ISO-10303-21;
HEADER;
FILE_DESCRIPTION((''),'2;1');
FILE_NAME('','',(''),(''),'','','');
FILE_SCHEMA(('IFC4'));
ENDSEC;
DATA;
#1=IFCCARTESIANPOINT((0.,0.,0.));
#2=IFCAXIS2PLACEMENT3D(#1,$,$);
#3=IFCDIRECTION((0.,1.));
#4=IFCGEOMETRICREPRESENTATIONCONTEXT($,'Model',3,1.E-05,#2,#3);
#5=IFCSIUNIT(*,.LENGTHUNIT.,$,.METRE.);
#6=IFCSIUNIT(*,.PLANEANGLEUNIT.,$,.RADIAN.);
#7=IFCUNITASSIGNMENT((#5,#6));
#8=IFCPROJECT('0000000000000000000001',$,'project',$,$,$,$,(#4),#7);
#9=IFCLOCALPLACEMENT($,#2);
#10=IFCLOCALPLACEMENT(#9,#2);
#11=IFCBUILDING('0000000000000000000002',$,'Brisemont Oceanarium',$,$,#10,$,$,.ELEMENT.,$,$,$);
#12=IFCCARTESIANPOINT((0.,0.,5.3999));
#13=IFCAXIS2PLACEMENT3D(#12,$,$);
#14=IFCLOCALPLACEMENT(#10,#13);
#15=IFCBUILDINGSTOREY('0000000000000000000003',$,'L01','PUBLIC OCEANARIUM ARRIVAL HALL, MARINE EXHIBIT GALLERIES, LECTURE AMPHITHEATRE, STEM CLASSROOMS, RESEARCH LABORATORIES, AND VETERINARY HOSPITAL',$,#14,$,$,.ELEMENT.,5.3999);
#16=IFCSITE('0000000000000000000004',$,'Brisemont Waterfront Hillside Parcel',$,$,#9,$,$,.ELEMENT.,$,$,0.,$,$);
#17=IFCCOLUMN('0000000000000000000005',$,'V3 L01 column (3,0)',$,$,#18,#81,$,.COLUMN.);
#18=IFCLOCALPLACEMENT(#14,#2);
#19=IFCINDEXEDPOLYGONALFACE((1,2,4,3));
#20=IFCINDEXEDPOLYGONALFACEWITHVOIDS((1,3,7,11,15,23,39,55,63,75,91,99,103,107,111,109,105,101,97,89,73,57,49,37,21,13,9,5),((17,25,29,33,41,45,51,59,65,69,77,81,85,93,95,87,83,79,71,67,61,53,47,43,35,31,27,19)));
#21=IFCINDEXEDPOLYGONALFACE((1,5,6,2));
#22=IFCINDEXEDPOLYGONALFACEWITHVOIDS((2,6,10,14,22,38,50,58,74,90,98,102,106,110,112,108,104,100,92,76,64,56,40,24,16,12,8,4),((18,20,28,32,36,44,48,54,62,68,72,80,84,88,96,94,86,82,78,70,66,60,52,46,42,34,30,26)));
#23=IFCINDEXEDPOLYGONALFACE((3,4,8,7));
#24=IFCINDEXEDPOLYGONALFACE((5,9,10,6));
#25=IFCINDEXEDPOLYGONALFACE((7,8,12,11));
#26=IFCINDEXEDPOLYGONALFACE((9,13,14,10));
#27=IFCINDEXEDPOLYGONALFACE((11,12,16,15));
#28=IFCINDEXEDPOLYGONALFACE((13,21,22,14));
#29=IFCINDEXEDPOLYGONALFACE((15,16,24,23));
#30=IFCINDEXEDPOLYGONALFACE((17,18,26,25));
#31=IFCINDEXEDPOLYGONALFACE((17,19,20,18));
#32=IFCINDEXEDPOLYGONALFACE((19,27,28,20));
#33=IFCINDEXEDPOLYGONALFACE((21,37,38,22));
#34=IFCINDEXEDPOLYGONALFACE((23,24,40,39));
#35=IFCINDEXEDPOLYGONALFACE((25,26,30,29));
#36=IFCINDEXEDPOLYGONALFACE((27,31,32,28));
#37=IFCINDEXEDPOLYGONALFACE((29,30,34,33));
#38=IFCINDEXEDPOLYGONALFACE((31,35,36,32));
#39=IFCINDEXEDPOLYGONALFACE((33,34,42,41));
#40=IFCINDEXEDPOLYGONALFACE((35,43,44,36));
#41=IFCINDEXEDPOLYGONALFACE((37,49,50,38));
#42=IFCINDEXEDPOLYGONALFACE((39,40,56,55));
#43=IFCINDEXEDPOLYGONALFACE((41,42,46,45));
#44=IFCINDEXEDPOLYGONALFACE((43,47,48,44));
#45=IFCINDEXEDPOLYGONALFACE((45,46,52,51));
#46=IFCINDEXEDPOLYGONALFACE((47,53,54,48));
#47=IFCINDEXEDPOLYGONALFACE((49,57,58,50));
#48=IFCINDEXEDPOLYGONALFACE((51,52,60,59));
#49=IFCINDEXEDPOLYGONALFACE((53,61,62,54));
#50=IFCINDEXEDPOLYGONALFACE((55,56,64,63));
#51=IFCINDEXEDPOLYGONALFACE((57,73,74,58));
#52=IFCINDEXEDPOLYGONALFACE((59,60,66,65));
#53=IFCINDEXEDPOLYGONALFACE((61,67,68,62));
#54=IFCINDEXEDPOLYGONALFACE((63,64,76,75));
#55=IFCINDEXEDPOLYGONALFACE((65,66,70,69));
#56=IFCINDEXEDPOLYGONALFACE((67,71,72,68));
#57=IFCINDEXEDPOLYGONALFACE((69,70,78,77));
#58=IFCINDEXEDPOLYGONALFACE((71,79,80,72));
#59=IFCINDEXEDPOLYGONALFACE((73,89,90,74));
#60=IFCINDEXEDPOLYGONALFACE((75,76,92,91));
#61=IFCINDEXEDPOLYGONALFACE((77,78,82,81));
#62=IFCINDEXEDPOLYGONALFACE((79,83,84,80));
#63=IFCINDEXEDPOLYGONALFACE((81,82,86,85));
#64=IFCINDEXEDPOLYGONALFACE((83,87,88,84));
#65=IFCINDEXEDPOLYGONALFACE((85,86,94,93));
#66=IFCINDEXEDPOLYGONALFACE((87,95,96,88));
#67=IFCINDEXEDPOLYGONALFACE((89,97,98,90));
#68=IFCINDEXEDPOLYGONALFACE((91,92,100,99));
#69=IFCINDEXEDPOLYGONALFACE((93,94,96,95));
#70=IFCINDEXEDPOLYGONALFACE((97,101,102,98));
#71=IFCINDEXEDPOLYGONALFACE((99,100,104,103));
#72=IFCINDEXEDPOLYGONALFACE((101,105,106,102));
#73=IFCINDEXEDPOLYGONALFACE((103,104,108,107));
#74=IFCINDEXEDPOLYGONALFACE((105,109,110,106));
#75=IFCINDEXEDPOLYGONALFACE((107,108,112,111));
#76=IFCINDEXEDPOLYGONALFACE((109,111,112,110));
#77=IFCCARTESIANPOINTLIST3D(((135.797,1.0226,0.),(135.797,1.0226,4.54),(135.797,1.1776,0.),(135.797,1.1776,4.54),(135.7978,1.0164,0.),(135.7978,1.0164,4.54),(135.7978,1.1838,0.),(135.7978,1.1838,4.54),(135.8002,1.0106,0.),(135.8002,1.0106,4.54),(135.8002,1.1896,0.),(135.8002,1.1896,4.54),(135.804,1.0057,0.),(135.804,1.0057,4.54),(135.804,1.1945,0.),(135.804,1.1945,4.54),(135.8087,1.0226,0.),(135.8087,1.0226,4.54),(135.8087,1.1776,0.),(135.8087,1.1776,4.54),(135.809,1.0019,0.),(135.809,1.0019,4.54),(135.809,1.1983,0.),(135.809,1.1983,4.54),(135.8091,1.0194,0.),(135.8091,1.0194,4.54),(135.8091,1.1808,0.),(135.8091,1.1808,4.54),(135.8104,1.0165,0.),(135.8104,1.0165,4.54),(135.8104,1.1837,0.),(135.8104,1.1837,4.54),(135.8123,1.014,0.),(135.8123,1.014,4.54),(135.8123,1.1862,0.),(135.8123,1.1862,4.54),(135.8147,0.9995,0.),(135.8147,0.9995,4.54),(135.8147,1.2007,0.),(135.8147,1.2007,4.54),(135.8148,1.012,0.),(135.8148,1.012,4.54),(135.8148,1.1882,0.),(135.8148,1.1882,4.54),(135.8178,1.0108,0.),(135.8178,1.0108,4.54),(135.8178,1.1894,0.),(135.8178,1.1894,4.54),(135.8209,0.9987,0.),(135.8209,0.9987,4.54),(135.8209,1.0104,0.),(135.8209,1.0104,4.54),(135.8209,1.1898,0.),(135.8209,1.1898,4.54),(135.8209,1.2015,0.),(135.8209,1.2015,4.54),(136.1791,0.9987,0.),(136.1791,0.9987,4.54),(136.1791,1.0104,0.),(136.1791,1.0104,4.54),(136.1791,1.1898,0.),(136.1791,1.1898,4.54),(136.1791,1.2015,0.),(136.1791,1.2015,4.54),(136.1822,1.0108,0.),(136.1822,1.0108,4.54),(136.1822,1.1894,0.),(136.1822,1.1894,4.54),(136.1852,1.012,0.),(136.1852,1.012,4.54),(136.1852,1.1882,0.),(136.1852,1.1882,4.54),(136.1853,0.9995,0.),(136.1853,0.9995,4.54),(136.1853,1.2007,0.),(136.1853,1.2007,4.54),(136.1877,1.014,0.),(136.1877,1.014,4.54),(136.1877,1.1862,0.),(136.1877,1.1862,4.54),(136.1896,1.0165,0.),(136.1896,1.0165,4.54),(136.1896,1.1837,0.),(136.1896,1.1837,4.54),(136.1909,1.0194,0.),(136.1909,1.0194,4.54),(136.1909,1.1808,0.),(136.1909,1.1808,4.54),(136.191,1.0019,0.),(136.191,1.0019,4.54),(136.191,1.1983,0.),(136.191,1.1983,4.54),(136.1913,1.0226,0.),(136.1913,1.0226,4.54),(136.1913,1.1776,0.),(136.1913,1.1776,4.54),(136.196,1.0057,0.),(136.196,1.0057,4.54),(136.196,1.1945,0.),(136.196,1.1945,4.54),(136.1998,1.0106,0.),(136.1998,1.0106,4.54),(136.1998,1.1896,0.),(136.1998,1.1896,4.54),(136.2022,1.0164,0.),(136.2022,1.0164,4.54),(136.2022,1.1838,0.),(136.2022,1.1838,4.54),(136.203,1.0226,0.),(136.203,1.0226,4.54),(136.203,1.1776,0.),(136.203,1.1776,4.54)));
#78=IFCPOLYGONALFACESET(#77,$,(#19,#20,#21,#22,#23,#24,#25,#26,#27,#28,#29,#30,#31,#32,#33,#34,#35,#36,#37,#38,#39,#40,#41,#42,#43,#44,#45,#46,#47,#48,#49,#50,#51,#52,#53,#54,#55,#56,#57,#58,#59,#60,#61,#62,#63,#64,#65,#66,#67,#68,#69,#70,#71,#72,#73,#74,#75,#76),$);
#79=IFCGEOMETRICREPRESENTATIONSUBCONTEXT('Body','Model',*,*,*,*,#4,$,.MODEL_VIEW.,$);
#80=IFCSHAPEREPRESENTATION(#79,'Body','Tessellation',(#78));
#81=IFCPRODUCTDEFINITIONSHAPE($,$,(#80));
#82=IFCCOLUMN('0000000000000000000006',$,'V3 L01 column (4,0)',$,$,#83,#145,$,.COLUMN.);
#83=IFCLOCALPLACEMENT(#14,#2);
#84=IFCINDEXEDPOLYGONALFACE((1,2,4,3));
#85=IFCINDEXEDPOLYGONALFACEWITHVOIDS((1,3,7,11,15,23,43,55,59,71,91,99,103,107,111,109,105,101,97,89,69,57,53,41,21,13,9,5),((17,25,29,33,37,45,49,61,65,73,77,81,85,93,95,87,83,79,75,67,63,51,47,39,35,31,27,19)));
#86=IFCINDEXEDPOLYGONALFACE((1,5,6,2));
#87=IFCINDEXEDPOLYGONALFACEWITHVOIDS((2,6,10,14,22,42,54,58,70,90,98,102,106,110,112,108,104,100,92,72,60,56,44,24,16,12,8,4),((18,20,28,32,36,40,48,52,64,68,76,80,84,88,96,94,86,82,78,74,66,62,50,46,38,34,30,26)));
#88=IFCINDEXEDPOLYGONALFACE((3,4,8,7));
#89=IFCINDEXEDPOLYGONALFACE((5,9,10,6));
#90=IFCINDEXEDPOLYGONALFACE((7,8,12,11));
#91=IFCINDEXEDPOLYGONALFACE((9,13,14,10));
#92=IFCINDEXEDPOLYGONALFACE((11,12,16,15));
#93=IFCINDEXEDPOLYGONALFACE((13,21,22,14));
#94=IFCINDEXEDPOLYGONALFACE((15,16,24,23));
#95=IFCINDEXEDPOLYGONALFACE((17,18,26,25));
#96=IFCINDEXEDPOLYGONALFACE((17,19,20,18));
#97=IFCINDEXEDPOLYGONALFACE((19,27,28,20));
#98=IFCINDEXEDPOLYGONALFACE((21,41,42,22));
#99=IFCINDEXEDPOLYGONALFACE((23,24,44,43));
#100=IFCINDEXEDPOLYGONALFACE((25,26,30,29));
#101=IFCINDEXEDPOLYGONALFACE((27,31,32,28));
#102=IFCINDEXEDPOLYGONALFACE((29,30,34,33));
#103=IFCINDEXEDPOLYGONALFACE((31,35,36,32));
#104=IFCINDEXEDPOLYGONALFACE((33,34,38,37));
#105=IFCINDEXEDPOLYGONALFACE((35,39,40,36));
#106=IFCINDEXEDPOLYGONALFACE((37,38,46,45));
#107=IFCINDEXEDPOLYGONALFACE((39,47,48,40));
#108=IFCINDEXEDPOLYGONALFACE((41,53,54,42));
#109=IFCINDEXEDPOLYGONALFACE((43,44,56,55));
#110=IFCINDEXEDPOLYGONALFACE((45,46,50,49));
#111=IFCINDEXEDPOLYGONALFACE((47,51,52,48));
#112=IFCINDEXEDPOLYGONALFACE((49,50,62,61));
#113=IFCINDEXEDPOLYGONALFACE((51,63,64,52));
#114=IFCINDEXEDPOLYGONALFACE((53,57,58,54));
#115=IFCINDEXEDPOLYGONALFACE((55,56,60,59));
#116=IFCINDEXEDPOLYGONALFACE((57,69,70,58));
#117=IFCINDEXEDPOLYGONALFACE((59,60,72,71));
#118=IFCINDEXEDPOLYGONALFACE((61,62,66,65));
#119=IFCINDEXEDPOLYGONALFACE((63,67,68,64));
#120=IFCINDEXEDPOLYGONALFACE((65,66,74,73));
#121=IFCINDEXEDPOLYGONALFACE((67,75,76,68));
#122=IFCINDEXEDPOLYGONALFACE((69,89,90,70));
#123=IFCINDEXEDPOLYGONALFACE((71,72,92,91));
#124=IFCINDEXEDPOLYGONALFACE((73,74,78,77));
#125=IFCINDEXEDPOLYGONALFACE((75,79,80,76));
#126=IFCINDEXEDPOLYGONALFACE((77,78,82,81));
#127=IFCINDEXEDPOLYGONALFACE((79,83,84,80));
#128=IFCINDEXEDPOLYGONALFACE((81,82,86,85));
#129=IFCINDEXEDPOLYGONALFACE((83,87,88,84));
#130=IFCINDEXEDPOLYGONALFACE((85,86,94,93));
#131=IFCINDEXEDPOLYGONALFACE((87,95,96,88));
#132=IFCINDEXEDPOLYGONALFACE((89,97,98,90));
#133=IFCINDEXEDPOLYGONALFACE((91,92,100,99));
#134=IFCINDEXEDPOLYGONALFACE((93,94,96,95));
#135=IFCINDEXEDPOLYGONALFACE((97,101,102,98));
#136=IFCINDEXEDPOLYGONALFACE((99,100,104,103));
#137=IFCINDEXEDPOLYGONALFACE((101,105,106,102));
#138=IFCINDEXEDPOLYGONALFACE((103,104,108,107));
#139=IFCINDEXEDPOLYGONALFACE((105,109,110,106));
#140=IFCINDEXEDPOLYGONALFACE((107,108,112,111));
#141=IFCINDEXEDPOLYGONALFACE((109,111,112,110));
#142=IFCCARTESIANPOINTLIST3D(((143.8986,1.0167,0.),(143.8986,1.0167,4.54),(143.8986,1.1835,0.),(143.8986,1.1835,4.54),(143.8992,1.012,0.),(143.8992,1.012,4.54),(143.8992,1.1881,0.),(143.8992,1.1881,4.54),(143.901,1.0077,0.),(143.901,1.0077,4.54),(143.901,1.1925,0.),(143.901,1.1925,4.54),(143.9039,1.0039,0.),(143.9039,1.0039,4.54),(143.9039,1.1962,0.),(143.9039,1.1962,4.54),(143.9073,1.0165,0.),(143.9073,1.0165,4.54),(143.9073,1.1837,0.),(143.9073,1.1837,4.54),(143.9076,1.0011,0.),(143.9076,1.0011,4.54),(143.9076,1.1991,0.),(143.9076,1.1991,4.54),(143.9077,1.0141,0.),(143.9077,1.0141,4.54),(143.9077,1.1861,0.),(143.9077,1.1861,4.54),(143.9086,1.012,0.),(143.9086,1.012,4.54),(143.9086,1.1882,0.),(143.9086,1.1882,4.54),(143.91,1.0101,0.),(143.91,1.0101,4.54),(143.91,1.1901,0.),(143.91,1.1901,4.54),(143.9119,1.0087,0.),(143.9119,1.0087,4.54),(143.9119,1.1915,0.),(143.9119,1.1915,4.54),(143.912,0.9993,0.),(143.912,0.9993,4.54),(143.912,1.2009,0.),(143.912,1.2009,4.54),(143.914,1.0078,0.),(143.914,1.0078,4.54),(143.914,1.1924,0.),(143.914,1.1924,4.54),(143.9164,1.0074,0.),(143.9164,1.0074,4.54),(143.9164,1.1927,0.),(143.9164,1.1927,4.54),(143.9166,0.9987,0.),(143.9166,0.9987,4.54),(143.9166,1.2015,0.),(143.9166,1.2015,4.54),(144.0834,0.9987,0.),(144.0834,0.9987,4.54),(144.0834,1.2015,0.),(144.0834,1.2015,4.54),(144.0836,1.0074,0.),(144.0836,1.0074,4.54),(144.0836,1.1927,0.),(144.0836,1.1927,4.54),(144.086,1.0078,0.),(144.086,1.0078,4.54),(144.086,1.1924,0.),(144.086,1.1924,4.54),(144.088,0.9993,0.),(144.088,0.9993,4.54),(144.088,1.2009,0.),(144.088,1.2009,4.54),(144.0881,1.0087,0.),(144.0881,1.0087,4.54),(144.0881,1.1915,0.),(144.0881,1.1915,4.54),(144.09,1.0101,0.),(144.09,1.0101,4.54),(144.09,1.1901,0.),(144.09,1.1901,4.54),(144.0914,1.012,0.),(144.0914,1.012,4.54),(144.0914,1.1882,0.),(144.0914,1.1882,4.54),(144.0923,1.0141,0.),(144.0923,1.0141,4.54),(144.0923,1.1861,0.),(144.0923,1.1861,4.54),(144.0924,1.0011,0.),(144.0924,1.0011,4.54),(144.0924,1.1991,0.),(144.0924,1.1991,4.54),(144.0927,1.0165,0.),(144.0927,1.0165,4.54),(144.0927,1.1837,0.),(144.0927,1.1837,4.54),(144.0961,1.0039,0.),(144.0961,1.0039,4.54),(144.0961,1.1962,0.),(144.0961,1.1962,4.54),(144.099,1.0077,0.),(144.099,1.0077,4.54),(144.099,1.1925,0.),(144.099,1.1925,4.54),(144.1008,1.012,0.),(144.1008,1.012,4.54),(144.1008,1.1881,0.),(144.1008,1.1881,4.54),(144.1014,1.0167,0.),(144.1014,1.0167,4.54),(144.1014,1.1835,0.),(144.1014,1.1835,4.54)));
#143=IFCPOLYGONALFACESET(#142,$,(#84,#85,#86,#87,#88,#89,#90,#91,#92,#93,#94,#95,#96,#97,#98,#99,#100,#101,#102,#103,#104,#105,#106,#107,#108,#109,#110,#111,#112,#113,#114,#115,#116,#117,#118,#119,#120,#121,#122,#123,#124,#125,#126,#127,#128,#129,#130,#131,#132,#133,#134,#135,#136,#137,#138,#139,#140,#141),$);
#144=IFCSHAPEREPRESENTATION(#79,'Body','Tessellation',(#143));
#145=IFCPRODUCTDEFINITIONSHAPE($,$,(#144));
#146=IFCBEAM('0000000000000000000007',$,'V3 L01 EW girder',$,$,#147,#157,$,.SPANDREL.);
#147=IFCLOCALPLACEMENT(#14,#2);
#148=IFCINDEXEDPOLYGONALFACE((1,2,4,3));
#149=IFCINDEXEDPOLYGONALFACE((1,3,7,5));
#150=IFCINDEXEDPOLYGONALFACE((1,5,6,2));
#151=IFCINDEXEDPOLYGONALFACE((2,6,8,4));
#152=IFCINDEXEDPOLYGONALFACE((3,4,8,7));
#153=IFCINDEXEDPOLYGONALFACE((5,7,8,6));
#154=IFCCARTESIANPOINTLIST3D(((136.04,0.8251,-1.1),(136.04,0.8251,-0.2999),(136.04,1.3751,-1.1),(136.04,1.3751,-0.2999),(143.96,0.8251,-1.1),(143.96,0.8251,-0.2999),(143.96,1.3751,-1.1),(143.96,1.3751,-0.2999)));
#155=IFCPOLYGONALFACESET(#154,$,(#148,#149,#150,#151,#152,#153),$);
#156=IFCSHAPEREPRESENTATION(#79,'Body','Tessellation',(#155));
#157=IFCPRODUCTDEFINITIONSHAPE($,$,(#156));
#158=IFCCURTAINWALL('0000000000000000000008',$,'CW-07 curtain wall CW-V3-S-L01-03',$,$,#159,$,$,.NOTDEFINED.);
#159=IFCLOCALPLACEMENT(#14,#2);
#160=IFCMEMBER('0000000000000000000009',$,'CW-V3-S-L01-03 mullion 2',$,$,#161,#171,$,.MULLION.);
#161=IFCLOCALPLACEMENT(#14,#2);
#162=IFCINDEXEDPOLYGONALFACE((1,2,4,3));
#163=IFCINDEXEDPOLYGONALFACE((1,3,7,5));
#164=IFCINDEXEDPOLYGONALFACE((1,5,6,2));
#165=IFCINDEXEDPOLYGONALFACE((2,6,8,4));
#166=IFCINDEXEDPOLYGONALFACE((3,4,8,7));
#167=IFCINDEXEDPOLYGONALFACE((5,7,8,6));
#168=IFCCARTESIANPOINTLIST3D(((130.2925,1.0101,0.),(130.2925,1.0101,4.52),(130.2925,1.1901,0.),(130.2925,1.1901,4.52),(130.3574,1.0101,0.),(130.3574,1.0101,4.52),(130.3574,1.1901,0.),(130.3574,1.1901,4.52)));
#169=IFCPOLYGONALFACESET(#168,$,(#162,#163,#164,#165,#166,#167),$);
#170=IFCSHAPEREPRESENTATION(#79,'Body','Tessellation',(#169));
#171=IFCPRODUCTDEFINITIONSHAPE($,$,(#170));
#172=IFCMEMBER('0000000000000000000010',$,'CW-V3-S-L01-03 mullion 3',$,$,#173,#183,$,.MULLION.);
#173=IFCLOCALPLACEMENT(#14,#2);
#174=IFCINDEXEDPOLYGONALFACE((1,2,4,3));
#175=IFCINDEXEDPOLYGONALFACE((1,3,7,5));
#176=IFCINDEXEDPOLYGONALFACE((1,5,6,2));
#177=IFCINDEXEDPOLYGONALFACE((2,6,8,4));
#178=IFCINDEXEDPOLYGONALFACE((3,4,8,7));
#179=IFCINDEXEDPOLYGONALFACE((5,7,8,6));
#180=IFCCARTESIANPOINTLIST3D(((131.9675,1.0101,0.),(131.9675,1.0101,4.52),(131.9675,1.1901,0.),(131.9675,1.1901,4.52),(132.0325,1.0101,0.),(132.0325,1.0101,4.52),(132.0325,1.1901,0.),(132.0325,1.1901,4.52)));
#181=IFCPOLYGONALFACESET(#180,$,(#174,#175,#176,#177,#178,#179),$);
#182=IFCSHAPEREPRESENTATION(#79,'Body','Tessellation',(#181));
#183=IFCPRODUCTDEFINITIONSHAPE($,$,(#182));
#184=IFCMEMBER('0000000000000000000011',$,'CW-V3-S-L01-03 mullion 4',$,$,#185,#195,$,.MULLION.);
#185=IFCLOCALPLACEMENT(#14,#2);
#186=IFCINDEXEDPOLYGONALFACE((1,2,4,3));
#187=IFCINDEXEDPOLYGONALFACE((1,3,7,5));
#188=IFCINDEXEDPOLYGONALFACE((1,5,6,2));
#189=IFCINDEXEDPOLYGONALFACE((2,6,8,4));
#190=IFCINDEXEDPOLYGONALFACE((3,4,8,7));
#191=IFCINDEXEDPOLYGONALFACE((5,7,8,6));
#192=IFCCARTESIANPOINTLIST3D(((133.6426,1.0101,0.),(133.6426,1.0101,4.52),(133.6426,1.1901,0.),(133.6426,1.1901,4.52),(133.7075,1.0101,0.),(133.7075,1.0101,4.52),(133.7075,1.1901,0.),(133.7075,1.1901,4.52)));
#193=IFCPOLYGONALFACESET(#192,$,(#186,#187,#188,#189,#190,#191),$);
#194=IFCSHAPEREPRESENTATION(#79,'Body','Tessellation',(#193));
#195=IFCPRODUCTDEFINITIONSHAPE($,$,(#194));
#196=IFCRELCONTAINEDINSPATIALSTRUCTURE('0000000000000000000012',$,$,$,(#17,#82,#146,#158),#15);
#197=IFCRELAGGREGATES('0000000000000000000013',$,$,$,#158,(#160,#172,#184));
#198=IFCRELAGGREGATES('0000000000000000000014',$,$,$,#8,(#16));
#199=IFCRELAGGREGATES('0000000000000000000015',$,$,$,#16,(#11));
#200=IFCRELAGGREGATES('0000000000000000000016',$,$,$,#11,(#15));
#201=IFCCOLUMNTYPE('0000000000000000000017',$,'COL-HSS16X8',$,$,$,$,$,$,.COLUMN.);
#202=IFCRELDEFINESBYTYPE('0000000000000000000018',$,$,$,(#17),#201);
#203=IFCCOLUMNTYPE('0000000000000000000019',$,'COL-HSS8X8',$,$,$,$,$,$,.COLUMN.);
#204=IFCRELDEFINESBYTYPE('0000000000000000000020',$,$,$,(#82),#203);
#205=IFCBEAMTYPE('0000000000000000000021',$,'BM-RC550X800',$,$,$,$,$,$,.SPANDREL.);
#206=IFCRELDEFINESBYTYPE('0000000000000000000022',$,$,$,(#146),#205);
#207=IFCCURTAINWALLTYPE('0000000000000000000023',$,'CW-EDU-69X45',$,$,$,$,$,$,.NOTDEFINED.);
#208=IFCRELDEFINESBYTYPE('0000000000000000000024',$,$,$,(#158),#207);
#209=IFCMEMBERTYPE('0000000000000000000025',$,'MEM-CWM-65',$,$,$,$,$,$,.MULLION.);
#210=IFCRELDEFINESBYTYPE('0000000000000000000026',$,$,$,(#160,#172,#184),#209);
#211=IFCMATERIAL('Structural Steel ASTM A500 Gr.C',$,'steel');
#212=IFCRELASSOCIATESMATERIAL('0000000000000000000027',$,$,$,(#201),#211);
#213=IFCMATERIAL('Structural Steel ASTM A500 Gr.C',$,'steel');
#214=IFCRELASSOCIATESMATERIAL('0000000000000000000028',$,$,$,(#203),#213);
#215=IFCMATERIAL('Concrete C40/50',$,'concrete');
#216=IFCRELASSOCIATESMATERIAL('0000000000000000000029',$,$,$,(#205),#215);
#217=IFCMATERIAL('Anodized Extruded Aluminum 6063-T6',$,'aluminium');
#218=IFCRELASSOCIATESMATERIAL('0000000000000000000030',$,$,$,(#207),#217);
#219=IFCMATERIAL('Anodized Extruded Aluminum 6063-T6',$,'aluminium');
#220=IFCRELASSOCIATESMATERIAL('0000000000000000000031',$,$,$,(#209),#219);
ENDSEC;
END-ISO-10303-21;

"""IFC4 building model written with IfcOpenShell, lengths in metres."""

from ifc_helpers import new_model, si_unit, direction, frame, origin, origin_2d, place, context, subcontext, project, spatial, rectangle, hollow_rectangle, extrude, material, material_profile, profile_set, type_object, element, aggregate, save


model = new_model("IFC4")

# Units and contexts
model_context = context("Model", 3, precision=1e-05, world=origin(), true_north=direction((0.0, 1.0)))
body_context = subcontext(model_context, "Body", "Model", "MODEL_VIEW")
ifc_project = project(units=[si_unit("LENGTHUNIT", "METRE"), si_unit("PLANEANGLEUNIT", "RADIAN")], contexts=[model_context])

# Site, building, storey
site_placement = place(None, origin())
site = spatial("IfcSite", under=ifc_project, at=site_placement, Name="Brisemont Waterfront Hillside Parcel", CompositionType="ELEMENT", RefElevation=0.0)
building_placement = place(site_placement, origin())
building = spatial("IfcBuilding", under=site, at=building_placement, Name="Brisemont Oceanarium", CompositionType="ELEMENT")
storey_placement = place(building_placement, frame((0.0, 0.0, 5.3999)))
storey = spatial("IfcBuildingStorey", under=building, at=storey_placement, Name="L01", Description="PUBLIC OCEANARIUM ARRIVAL HALL, MARINE EXHIBIT GALLERIES, LECTURE AMPHITHEATRE, STEM CLASSROOMS, RESEARCH LABORATORIES, AND VETERINARY HOSPITAL", CompositionType="ELEMENT", Elevation=5.3999)

# Columns
ifc_material_1 = material(Name="Structural Steel ASTM A500 Gr.C", Category="steel")
ifc_material_profile_1 = material_profile(ifc_material_1, hollow_rectangle(XDim=0.2029, YDim=0.406, WallThickness=0.0117, InnerFilletRadius=0.0122, OuterFilletRadius=0.0239, at=origin_2d()), Name="HSS16X8X1/2")
ifc_profile_set_1 = profile_set([ifc_material_profile_1], Name="Structural Steel ASTM A500 Gr.C")
column_type_1 = type_object("IfcColumnType", Name="COL-HSS16X8", PredefinedType="COLUMN", material=ifc_profile_set_1)
column_1_placement = place(storey_placement, frame((136.0, 1.1001, 0.0), z_axis=(0.0, 0.0, 1.0), x_axis=(0.0, 1.0, 0.0)))
element("IfcColumn", 1, at=column_1_placement, inside=storey, type_object=column_type_1, Name="V3 L01 column (3,0)", PredefinedType="COLUMN", context=body_context, shape_type="SweptSolid", body=[
    extrude(hollow_rectangle(XDim=0.2029, YDim=0.406, WallThickness=0.0117, InnerFilletRadius=0.0122, OuterFilletRadius=0.0239, at=origin_2d()), origin(), (0.0, 0.0, 1.0), 4.54),
])
ifc_material_2 = material(Name="Structural Steel ASTM A500 Gr.C", Category="steel")
ifc_material_profile_2 = material_profile(ifc_material_2, hollow_rectangle(XDim=0.2029, YDim=0.2029, WallThickness=0.0088, InnerFilletRadius=0.009, OuterFilletRadius=0.0181, at=origin_2d()), Name="HSS8X8X3/8")
ifc_profile_set_2 = profile_set([ifc_material_profile_2], Name="Structural Steel ASTM A500 Gr.C")
column_type_2 = type_object("IfcColumnType", Name="COL-HSS8X8", PredefinedType="COLUMN", material=ifc_profile_set_2)
column_2_placement = place(storey_placement, frame((144.0, 1.1001, 0.0), z_axis=(0.0, 0.0, 1.0), x_axis=(1.0, 0.0, 0.0)))
element("IfcColumn", 2, at=column_2_placement, inside=storey, type_object=column_type_2, Name="V3 L01 column (4,0)", PredefinedType="COLUMN", context=body_context, shape_type="SweptSolid", body=[
    extrude(hollow_rectangle(XDim=0.2029, YDim=0.2029, WallThickness=0.0088, InnerFilletRadius=0.009, OuterFilletRadius=0.0181, at=origin_2d()), origin(), (0.0, 0.0, 1.0), 4.54),
])

# Beam
ifc_material_3 = material(Name="Concrete C40/50", Category="concrete")
ifc_material_profile_3 = material_profile(ifc_material_3, rectangle(XDim=0.55, YDim=0.8, at=origin_2d()), Name="RC-BM-550X800")
ifc_profile_set_3 = profile_set([ifc_material_profile_3], Name="Concrete C40/50")
beam_type = type_object("IfcBeamType", Name="BM-RC550X800", PredefinedType="SPANDREL", material=ifc_profile_set_3)
beam_placement = place(storey_placement, frame((136.04, 1.1001, -0.7), z_axis=(1.0, 0.0, 0.0), x_axis=(0.0, 1.0, 0.0)))
element("IfcBeam", 3, at=beam_placement, inside=storey, type_object=beam_type, Name="V3 L01 EW girder", PredefinedType="SPANDREL", context=body_context, shape_type="SweptSolid", body=[
    extrude(rectangle(XDim=0.55, YDim=0.8, at=origin_2d()), origin(), (0.0, 0.0, 1.0), 7.9199),
])

# Curtain wall, members
ifc_material_4 = material(Name="Anodized Extruded Aluminum 6063-T6", Category="aluminium")
curtain_wall_type = type_object("IfcCurtainWallType", Name="CW-EDU-69X45", PredefinedType="NOTDEFINED", material=ifc_material_4)
curtain_wall_1_placement = place(storey_placement, origin())
curtain_wall_1 = element("IfcCurtainWall", 4, at=curtain_wall_1_placement, inside=storey, type_object=curtain_wall_type, Name="CW-07 curtain wall CW-V3-S-L01-03", PredefinedType="NOTDEFINED")
ifc_material_5 = material(Name="Anodized Extruded Aluminum 6063-T6", Category="aluminium")
ifc_material_profile_4 = material_profile(ifc_material_5, rectangle(XDim=0.0649, YDim=0.1799, at=origin_2d()), Name="CWM-65X180")
ifc_profile_set_4 = profile_set([ifc_material_profile_4], Name="Anodized Extruded Aluminum 6063-T6")
member_type_1 = type_object("IfcMemberType", Name="MEM-CWM-65", PredefinedType="MULLION", material=ifc_profile_set_4)
member_1_placement = place(storey_placement, frame((130.325, 1.1001, 0.0), z_axis=(0.0, 0.0, 1.0), x_axis=(1.0, 0.0, 0.0)))
member_1 = element("IfcMember", 5, at=member_1_placement, type_object=member_type_1, Name="CW-V3-S-L01-03 mullion 2", PredefinedType="MULLION", context=body_context, shape_type="SweptSolid", body=[
    extrude(rectangle(XDim=0.0649, YDim=0.1799, at=origin_2d()), origin(), (0.0, 0.0, 1.0), 4.52),
])
member_2_placement = place(storey_placement, frame((132.0, 1.1001, 0.0), z_axis=(0.0, 0.0, 1.0), x_axis=(1.0, 0.0, 0.0)))
member_2 = element("IfcMember", 6, at=member_2_placement, type_object=member_type_1, Name="CW-V3-S-L01-03 mullion 3", PredefinedType="MULLION", context=body_context, shape_type="SweptSolid", body=[
    extrude(rectangle(XDim=0.0649, YDim=0.1799, at=origin_2d()), origin(), (0.0, 0.0, 1.0), 4.52),
])
member_3_placement = place(storey_placement, frame((133.675, 1.1001, 0.0), z_axis=(0.0, 0.0, 1.0), x_axis=(1.0, 0.0, 0.0)))
member_3 = element("IfcMember", 7, at=member_3_placement, type_object=member_type_1, Name="CW-V3-S-L01-03 mullion 4", PredefinedType="MULLION", context=body_context, shape_type="SweptSolid", body=[
    extrude(rectangle(XDim=0.0649, YDim=0.1799, at=origin_2d()), origin(), (0.0, 0.0, 1.0), 4.52),
])

aggregate(curtain_wall_1, [member_1, member_2, member_3])

save(model, "model.ifc")
